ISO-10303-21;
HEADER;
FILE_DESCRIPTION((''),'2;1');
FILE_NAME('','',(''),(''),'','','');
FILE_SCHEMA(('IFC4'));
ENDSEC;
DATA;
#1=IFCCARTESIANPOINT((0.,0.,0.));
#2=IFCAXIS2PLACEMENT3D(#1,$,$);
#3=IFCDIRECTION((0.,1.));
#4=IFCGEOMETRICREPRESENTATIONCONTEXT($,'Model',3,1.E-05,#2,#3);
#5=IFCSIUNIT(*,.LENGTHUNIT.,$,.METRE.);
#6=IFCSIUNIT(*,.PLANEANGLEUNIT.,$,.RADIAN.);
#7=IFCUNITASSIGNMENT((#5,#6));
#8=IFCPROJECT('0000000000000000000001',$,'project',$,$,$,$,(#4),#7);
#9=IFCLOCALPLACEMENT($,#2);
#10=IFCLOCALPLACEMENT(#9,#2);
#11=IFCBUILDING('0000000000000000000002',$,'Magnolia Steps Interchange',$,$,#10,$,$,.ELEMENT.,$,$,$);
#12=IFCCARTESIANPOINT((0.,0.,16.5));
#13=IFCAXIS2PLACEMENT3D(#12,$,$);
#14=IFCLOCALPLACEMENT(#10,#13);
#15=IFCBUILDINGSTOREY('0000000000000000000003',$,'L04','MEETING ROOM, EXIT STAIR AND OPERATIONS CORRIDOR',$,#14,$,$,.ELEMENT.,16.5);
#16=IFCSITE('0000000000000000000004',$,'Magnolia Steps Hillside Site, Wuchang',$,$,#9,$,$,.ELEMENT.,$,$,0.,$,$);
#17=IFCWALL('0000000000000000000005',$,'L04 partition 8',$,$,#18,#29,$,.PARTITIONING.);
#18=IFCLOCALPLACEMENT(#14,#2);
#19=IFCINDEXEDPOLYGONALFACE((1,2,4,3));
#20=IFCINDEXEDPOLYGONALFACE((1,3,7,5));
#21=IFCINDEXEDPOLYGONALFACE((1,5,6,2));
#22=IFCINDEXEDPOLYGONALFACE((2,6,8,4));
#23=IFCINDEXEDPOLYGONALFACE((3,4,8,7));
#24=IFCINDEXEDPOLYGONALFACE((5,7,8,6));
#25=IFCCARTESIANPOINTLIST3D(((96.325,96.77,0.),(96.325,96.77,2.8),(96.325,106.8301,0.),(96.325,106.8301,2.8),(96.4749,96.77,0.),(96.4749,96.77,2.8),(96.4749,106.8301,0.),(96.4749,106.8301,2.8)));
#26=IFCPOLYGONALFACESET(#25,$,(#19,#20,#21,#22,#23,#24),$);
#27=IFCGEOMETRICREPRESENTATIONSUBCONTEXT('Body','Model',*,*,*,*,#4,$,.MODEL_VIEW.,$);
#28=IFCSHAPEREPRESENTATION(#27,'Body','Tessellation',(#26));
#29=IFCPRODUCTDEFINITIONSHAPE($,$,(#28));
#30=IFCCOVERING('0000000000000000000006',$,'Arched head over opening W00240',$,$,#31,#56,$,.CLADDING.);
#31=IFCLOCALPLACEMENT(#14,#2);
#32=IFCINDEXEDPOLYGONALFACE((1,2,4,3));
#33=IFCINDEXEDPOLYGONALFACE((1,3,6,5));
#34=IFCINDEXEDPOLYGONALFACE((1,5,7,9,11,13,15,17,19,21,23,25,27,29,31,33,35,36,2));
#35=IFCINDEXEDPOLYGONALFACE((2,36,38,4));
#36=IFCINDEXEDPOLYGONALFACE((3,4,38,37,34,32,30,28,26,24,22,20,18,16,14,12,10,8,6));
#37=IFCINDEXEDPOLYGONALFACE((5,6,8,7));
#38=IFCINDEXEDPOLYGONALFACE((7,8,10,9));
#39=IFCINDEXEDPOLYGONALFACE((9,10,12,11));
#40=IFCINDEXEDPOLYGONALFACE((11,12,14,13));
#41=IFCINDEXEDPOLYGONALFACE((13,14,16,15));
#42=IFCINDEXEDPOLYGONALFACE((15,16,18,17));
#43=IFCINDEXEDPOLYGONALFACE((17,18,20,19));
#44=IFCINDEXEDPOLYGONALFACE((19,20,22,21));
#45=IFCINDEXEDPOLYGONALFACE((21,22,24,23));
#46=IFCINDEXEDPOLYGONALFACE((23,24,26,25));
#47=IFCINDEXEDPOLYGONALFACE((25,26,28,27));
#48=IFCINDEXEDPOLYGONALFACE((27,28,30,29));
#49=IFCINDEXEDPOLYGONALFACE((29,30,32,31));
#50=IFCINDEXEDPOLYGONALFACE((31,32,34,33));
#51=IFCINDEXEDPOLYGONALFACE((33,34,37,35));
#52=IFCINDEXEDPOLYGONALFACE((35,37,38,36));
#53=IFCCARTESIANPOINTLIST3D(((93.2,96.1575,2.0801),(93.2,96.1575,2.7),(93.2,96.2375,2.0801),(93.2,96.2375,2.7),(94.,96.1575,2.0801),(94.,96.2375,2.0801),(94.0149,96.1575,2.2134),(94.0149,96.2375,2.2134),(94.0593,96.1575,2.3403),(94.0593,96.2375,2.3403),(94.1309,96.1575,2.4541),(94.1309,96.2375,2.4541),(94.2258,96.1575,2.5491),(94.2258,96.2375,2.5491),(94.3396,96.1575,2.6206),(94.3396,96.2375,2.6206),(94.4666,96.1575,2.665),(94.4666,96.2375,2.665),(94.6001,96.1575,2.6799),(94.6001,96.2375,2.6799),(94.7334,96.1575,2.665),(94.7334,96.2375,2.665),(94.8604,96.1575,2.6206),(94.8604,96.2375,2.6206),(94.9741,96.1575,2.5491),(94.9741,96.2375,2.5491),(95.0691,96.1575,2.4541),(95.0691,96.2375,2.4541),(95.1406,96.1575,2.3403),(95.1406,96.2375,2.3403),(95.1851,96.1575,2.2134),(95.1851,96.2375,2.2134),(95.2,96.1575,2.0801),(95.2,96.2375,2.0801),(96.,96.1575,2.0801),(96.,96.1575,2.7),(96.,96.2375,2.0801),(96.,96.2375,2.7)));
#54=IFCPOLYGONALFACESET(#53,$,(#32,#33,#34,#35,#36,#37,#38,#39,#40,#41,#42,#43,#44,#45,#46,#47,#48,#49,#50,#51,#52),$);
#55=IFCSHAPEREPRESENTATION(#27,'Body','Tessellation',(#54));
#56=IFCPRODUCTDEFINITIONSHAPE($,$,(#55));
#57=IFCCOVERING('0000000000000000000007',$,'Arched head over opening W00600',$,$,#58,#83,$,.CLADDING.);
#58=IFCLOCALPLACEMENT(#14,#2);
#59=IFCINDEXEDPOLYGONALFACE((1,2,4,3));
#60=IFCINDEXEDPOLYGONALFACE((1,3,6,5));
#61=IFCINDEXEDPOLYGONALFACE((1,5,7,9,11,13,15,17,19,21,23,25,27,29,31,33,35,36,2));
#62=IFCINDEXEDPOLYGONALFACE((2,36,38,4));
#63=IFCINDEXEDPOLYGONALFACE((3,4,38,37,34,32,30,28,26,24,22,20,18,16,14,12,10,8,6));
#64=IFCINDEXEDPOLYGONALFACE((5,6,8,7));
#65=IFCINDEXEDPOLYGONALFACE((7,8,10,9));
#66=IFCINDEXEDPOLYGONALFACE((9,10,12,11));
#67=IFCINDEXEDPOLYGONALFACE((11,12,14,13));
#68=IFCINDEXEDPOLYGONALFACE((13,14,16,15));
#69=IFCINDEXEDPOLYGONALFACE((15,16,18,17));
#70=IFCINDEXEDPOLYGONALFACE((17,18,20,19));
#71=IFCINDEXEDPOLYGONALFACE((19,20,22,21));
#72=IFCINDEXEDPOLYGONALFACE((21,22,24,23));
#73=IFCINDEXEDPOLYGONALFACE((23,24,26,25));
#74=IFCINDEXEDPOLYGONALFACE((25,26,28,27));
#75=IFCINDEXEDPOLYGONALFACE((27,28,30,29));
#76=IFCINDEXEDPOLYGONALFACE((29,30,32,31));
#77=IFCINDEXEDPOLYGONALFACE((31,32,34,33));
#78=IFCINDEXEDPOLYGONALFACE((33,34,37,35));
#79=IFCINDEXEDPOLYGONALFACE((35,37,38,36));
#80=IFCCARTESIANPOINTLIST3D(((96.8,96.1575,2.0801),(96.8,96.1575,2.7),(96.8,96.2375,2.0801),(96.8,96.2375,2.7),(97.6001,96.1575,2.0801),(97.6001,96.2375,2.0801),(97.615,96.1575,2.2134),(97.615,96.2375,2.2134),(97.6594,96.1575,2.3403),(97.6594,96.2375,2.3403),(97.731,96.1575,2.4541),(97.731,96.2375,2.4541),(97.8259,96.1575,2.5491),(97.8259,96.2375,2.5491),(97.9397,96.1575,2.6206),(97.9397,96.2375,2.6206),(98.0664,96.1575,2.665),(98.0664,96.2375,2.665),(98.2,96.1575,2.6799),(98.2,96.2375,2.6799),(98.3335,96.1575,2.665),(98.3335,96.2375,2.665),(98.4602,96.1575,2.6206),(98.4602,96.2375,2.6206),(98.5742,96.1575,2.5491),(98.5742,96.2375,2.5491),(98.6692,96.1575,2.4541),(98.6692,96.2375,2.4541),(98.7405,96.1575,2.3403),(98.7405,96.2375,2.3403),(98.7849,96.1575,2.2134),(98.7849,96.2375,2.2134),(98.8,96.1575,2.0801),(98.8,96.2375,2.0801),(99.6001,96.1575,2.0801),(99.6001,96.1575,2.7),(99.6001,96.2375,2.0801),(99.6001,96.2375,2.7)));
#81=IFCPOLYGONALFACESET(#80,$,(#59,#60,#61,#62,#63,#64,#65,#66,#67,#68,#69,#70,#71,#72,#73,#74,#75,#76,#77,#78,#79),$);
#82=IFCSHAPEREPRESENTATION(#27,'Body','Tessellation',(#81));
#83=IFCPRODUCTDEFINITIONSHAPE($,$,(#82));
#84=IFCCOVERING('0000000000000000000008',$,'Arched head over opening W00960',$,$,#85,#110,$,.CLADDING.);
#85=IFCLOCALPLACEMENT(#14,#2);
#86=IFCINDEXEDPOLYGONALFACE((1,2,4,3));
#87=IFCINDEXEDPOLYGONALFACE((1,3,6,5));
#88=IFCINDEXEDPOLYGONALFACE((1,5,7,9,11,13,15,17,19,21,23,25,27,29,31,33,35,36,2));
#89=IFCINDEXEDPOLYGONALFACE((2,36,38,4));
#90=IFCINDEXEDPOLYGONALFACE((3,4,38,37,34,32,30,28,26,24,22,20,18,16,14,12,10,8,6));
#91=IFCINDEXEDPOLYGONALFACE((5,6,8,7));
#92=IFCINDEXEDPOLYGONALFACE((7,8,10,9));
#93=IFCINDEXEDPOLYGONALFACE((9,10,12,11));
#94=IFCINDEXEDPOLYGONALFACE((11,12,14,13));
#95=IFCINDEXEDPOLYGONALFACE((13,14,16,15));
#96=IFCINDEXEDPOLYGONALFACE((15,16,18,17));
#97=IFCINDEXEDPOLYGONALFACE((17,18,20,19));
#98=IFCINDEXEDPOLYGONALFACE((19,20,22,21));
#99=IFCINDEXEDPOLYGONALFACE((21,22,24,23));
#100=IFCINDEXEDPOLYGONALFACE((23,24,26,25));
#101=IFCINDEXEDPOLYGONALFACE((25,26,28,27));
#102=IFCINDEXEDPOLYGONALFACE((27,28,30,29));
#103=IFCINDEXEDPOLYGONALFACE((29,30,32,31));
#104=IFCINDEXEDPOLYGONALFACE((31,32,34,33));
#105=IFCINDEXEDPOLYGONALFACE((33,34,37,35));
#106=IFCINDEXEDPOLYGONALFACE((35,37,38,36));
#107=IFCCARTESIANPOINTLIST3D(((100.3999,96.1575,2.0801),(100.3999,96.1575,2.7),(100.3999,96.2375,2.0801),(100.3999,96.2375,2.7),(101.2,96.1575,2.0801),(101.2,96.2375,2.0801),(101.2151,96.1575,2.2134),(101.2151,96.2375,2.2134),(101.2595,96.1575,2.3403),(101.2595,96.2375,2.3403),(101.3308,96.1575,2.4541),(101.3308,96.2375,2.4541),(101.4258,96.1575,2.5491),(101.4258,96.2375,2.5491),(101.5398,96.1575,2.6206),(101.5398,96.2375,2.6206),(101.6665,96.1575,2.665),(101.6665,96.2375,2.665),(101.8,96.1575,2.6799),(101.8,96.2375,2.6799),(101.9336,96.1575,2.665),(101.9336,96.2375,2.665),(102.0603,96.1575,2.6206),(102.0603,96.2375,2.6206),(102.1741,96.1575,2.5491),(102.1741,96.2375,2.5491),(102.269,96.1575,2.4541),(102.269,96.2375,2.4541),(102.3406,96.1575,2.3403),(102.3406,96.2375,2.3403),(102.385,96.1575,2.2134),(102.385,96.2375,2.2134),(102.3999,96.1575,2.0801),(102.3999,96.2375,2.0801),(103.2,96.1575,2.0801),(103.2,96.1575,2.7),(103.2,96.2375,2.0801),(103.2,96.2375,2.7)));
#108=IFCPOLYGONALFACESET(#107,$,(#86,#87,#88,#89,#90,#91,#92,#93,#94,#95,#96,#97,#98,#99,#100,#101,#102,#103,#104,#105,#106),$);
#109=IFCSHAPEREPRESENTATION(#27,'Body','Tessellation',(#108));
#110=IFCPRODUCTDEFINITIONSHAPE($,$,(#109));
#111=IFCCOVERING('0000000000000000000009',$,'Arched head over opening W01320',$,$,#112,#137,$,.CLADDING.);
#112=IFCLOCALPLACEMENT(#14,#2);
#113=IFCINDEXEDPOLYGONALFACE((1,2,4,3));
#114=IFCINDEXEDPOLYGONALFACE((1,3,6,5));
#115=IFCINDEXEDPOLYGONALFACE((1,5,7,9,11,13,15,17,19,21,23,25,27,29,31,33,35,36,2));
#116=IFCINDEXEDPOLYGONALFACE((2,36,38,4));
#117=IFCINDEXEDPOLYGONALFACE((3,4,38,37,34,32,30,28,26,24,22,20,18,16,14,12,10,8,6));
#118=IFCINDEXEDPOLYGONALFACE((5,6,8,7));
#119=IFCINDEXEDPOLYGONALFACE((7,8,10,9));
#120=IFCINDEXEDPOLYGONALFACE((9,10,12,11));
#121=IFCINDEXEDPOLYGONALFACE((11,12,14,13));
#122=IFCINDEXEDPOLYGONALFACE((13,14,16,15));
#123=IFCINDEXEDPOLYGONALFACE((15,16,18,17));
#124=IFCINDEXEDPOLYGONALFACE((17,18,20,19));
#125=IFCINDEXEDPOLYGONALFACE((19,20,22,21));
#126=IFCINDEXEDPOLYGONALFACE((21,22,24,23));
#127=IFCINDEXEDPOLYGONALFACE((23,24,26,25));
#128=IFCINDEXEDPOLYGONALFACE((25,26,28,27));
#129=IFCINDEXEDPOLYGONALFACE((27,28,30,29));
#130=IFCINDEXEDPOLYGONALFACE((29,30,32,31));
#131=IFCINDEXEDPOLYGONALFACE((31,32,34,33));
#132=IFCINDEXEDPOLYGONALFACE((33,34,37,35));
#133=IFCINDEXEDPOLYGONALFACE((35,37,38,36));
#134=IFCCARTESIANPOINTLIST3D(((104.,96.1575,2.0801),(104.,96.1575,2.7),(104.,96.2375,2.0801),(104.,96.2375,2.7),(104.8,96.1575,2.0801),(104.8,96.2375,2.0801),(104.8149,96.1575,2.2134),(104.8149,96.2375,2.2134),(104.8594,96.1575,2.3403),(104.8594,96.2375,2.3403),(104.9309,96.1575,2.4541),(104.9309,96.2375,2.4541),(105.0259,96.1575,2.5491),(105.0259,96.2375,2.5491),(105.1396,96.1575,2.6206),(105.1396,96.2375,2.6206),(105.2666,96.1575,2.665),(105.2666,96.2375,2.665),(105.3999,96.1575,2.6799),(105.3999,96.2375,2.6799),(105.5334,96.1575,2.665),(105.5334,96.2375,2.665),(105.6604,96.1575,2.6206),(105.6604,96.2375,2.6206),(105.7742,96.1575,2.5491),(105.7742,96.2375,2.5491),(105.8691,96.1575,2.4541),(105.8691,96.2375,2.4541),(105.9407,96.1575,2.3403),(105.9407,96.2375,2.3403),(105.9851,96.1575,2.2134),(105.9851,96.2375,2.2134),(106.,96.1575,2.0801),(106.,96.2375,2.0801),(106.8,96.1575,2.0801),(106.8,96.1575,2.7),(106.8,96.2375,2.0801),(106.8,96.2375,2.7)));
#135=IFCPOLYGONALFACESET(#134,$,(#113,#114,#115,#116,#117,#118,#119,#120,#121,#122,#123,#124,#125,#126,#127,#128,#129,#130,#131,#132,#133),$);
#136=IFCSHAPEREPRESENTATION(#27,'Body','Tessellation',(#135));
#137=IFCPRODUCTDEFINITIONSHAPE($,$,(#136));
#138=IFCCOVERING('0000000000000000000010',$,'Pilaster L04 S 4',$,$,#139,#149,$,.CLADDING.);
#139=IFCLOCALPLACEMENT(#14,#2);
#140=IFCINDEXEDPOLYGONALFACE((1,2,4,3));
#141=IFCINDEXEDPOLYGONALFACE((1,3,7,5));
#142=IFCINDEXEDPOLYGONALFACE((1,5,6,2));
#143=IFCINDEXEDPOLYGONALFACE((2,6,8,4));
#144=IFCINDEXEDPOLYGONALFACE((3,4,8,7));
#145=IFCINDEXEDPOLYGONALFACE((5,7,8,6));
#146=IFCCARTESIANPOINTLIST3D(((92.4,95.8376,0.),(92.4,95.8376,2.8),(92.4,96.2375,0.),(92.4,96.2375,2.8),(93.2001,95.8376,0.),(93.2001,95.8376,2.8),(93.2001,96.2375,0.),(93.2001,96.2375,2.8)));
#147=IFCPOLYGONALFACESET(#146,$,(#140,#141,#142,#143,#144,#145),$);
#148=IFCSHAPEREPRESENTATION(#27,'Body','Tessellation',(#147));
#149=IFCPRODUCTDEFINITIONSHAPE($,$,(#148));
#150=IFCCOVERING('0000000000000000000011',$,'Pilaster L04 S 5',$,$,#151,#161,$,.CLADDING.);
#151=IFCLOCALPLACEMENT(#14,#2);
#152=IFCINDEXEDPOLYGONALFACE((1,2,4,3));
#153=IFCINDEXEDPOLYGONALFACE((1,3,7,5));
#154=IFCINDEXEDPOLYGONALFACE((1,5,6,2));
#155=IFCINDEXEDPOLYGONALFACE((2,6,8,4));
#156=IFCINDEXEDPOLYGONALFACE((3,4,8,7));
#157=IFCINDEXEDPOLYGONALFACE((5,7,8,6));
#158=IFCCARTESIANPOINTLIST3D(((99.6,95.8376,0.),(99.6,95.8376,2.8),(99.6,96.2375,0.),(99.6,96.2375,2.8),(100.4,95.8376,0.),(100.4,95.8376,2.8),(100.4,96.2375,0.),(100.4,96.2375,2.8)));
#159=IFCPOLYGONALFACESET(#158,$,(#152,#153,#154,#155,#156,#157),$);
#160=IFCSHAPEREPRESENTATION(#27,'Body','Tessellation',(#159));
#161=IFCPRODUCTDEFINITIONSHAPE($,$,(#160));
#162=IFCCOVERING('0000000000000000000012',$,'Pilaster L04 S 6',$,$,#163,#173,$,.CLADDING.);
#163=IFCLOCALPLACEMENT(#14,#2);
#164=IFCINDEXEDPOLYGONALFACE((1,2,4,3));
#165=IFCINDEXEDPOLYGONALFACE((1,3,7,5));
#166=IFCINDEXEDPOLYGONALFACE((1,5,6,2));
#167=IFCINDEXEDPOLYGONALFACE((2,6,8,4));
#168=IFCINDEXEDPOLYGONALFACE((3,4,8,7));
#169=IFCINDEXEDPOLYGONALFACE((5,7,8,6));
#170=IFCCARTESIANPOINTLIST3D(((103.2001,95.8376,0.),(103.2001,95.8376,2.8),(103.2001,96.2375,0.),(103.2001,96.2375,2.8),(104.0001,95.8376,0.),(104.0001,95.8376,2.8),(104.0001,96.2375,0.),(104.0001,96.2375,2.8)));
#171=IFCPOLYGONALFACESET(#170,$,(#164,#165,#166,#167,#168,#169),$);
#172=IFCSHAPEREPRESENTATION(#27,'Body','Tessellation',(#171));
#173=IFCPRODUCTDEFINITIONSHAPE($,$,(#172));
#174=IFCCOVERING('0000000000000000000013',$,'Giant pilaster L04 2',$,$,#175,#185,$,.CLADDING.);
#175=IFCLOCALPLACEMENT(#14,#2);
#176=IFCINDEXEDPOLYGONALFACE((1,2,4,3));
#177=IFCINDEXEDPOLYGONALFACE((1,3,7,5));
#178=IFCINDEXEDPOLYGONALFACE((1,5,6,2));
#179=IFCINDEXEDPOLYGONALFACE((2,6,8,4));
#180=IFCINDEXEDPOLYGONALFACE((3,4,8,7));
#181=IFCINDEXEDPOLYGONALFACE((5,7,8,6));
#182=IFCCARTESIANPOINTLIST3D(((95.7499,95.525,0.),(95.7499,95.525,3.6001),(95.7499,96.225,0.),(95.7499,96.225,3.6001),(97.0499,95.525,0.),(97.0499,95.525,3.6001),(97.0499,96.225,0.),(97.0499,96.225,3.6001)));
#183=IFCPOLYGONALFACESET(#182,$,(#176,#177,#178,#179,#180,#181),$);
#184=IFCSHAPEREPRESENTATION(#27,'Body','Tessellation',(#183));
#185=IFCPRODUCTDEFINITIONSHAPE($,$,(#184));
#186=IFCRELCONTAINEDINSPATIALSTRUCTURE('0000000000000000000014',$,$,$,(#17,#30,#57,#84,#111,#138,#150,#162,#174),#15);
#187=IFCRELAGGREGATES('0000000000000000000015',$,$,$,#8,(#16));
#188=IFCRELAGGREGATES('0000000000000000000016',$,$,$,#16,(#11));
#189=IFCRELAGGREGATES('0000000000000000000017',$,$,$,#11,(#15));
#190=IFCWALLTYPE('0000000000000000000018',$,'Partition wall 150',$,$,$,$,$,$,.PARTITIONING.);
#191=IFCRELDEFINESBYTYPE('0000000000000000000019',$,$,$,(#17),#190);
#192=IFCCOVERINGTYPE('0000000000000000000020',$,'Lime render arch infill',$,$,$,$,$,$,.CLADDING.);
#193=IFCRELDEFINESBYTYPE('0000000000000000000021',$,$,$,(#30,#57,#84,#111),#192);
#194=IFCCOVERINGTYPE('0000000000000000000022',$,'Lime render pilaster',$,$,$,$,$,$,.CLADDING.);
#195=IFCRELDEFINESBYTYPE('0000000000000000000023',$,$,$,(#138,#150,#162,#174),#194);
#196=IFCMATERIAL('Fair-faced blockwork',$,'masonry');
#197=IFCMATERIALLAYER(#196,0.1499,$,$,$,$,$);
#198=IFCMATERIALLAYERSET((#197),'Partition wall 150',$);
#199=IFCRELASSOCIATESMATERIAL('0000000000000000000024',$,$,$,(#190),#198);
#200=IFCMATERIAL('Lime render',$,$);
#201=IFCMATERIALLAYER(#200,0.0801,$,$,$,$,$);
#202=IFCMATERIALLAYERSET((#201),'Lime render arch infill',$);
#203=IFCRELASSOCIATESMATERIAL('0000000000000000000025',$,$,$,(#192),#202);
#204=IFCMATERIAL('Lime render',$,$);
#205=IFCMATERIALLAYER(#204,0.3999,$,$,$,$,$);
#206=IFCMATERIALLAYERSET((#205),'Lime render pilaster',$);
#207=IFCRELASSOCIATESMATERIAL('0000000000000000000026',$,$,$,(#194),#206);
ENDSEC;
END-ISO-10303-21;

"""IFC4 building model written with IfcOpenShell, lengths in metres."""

from ifc_helpers import new_model, si_unit, direction, frame, frame_2d, origin, origin_2d, place, context, subcontext, project, spatial, polyline, rectangle, outline, extrude, material, layer, layer_set, type_object, element, save


model = new_model("IFC4")

# Units and contexts
model_context = context("Model", 3, precision=1e-05, world=origin(), true_north=direction((0.0, 1.0)))
body_context = subcontext(model_context, "Body", "Model", "MODEL_VIEW")
ifc_project = project(units=[si_unit("LENGTHUNIT", "METRE"), si_unit("PLANEANGLEUNIT", "RADIAN")], contexts=[model_context])

# Site, building, storey
site_placement = place(None, origin())
site = spatial("IfcSite", under=ifc_project, at=site_placement, Name="Magnolia Steps Hillside Site, Wuchang", CompositionType="ELEMENT", RefElevation=0.0)
building_placement = place(site_placement, origin())
building = spatial("IfcBuilding", under=site, at=building_placement, Name="Magnolia Steps Interchange", CompositionType="ELEMENT")
storey_placement = place(building_placement, frame((0.0, 0.0, 16.5)))
storey = spatial("IfcBuildingStorey", under=building, at=storey_placement, Name="L04", Description="MEETING ROOM, EXIT STAIR AND OPERATIONS CORRIDOR", CompositionType="ELEMENT", Elevation=16.5)

# Shared definitions
ifc_material_1 = material(Name="Fair-faced blockwork", Category="masonry")
ifc_layer_1 = layer(ifc_material_1, 0.1499)
ifc_layer_set_1 = layer_set([ifc_layer_1], Name="Partition wall 150")
wall_type_1 = type_object("IfcWallType", Name="Partition wall 150", PredefinedType="PARTITIONING", material=ifc_layer_set_1)

# Wall
wall_1_placement = place(storey_placement, frame((96.3999, 96.77, 0.0), z_axis=(0.0, 0.0, 1.0), x_axis=(0.0, 1.0, 0.0)))
element("IfcWall", 1, at=wall_1_placement, inside=storey, type_object=wall_type_1, Name="L04 partition 8", PredefinedType="PARTITIONING", context=body_context, shape_type="SweptSolid", body=[
    extrude(rectangle(XDim=10.0601, YDim=0.1499, at=frame_2d((5.03, 0.0))), origin(), (0.0, 0.0, 1.0), 2.8),
])

# Coverings
ifc_material_2 = material(Name="Lime render")
ifc_layer_2 = layer(ifc_material_2, 0.0801)
ifc_layer_set_2 = layer_set([ifc_layer_2], Name="Lime render arch infill")
covering_type_1 = type_object("IfcCoveringType", Name="Lime render arch infill", PredefinedType="CLADDING", material=ifc_layer_set_2)
covering_1_placement = place(storey_placement, frame((93.2, 96.2375, 2.0801), z_axis=(0.0, 1.0, 0.0), x_axis=(0.0, 0.0, 1.0)))
element("IfcCovering", 2, at=covering_1_placement, inside=storey, type_object=covering_type_1, Name="Arched head over opening W00240", PredefinedType="CLADDING", context=body_context, shape_type="SweptSolid", body=[
    extrude(outline(polyline([(0.0, 0.0), (0.6199, 0.0), (0.6199, 2.8), (0.0, 2.8), (0.0, 2.0), (0.1333, 1.9851), (0.2603, 1.9407), (0.374, 1.8691), (0.469, 1.7742), (0.5405, 1.6604), (0.585, 1.5334), (0.5999, 1.4001), (0.585, 1.2666), (0.5405, 1.1396), (0.469, 1.0259), (0.374, 0.9309), (0.2603, 0.8594), (0.1333, 0.8149), (0.0, 0.8), (0.0, 0.0)])), origin(), (0.0, 0.0, -1.0), 0.0801),
])
covering_2_placement = place(storey_placement, frame((96.8, 96.2375, 2.0801), z_axis=(0.0, 1.0, 0.0), x_axis=(0.0, 0.0, 1.0)))
element("IfcCovering", 3, at=covering_2_placement, inside=storey, type_object=covering_type_1, Name="Arched head over opening W00600", PredefinedType="CLADDING", context=body_context, shape_type="SweptSolid", body=[
    extrude(outline(polyline([(0.0, 0.0), (0.6199, 0.0), (0.6199, 2.8), (0.0, 2.8), (0.0, 2.0), (0.1333, 1.9849), (0.2603, 1.9404), (0.374, 1.8691), (0.469, 1.7742), (0.5405, 1.6602), (0.585, 1.5334), (0.5999, 1.3999), (0.585, 1.2664), (0.5405, 1.1396), (0.469, 1.0259), (0.374, 0.9309), (0.2603, 0.8594), (0.1333, 0.8149), (0.0, 0.8), (0.0, 0.0)])), origin(), (0.0, 0.0, -1.0), 0.0801),
])
covering_3_placement = place(storey_placement, frame((100.3999, 96.2375, 2.0801), z_axis=(0.0, 1.0, 0.0), x_axis=(0.0, 0.0, 1.0)))
element("IfcCovering", 4, at=covering_3_placement, inside=storey, type_object=covering_type_1, Name="Arched head over opening W00960", PredefinedType="CLADDING", context=body_context, shape_type="SweptSolid", body=[
    extrude(outline(polyline([(0.0, 0.0), (0.6199, 0.0), (0.6199, 2.8), (0.0, 2.8), (0.0, 2.0), (0.1333, 1.9851), (0.2603, 1.9407), (0.374, 1.8691), (0.469, 1.7742), (0.5405, 1.6604), (0.585, 1.5337), (0.5999, 1.4001), (0.585, 1.2666), (0.5405, 1.1399), (0.469, 1.0259), (0.374, 0.9309), (0.2603, 0.8596), (0.1333, 0.8152), (0.0, 0.8), (0.0, 0.0)])), origin(), (0.0, 0.0, -1.0), 0.0801),
])
covering_4_placement = place(storey_placement, frame((104.0, 96.2375, 2.0801), z_axis=(0.0, 1.0, 0.0), x_axis=(0.0, 0.0, 1.0)))
element("IfcCovering", 5, at=covering_4_placement, inside=storey, type_object=covering_type_1, Name="Arched head over opening W01320", PredefinedType="CLADDING", context=body_context, shape_type="SweptSolid", body=[
    extrude(outline(polyline([(0.0, 0.0), (0.6199, 0.0), (0.6199, 2.8), (0.0, 2.8), (0.0, 2.0), (0.1333, 1.9851), (0.2603, 1.9407), (0.374, 1.8691), (0.469, 1.7742), (0.5405, 1.6604), (0.585, 1.5334), (0.5999, 1.3999), (0.585, 1.2666), (0.5405, 1.1396), (0.469, 1.0259), (0.374, 0.9309), (0.2603, 0.8594), (0.1333, 0.8149), (0.0, 0.8), (0.0, 0.0)])), origin(), (0.0, 0.0, -1.0), 0.0801),
])
ifc_material_3 = material(Name="Lime render")
ifc_layer_3 = layer(ifc_material_3, 0.3999)
ifc_layer_set_3 = layer_set([ifc_layer_3], Name="Lime render pilaster")
covering_type_2 = type_object("IfcCoveringType", Name="Lime render pilaster", PredefinedType="CLADDING", material=ifc_layer_set_3)
for number, where, z_axis, x_axis, name in (
    (6, (92.8, 96.0376, 0.0), (0.0, 0.0, 1.0), (1.0, 0.0, 0.0), "Pilaster L04 S 4"),
    (7, (100.0, 96.0376, 0.0), (0.0, 0.0, 1.0), (1.0, 0.0, 0.0), "Pilaster L04 S 5"),
    (8, (103.6001, 96.0376, 0.0), (0.0, 0.0, 1.0), (1.0, 0.0, 0.0), "Pilaster L04 S 6"),
):
    element("IfcCovering", number, at=place(storey_placement, frame(where, z_axis=z_axis, x_axis=x_axis)), inside=storey, type_object=covering_type_2, Name=name, PredefinedType="CLADDING", context=body_context, shape_type="SweptSolid", body=[
        extrude(rectangle(XDim=0.8, YDim=0.3999, at=origin_2d()), origin(), (0.0, 0.0, 1.0), 2.8),
    ])
covering_5_placement = place(storey_placement, frame((96.3999, 95.875, 0.0), z_axis=(0.0, 0.0, 1.0), x_axis=(1.0, 0.0, 0.0)))
element("IfcCovering", 9, at=covering_5_placement, inside=storey, type_object=covering_type_2, Name="Giant pilaster L04 2", PredefinedType="CLADDING", context=body_context, shape_type="SweptSolid", body=[
    extrude(rectangle(XDim=1.3, YDim=0.7, at=origin_2d()), origin(), (0.0, 0.0, 1.0), 3.6001),
])

save(model, "model.ifc")
